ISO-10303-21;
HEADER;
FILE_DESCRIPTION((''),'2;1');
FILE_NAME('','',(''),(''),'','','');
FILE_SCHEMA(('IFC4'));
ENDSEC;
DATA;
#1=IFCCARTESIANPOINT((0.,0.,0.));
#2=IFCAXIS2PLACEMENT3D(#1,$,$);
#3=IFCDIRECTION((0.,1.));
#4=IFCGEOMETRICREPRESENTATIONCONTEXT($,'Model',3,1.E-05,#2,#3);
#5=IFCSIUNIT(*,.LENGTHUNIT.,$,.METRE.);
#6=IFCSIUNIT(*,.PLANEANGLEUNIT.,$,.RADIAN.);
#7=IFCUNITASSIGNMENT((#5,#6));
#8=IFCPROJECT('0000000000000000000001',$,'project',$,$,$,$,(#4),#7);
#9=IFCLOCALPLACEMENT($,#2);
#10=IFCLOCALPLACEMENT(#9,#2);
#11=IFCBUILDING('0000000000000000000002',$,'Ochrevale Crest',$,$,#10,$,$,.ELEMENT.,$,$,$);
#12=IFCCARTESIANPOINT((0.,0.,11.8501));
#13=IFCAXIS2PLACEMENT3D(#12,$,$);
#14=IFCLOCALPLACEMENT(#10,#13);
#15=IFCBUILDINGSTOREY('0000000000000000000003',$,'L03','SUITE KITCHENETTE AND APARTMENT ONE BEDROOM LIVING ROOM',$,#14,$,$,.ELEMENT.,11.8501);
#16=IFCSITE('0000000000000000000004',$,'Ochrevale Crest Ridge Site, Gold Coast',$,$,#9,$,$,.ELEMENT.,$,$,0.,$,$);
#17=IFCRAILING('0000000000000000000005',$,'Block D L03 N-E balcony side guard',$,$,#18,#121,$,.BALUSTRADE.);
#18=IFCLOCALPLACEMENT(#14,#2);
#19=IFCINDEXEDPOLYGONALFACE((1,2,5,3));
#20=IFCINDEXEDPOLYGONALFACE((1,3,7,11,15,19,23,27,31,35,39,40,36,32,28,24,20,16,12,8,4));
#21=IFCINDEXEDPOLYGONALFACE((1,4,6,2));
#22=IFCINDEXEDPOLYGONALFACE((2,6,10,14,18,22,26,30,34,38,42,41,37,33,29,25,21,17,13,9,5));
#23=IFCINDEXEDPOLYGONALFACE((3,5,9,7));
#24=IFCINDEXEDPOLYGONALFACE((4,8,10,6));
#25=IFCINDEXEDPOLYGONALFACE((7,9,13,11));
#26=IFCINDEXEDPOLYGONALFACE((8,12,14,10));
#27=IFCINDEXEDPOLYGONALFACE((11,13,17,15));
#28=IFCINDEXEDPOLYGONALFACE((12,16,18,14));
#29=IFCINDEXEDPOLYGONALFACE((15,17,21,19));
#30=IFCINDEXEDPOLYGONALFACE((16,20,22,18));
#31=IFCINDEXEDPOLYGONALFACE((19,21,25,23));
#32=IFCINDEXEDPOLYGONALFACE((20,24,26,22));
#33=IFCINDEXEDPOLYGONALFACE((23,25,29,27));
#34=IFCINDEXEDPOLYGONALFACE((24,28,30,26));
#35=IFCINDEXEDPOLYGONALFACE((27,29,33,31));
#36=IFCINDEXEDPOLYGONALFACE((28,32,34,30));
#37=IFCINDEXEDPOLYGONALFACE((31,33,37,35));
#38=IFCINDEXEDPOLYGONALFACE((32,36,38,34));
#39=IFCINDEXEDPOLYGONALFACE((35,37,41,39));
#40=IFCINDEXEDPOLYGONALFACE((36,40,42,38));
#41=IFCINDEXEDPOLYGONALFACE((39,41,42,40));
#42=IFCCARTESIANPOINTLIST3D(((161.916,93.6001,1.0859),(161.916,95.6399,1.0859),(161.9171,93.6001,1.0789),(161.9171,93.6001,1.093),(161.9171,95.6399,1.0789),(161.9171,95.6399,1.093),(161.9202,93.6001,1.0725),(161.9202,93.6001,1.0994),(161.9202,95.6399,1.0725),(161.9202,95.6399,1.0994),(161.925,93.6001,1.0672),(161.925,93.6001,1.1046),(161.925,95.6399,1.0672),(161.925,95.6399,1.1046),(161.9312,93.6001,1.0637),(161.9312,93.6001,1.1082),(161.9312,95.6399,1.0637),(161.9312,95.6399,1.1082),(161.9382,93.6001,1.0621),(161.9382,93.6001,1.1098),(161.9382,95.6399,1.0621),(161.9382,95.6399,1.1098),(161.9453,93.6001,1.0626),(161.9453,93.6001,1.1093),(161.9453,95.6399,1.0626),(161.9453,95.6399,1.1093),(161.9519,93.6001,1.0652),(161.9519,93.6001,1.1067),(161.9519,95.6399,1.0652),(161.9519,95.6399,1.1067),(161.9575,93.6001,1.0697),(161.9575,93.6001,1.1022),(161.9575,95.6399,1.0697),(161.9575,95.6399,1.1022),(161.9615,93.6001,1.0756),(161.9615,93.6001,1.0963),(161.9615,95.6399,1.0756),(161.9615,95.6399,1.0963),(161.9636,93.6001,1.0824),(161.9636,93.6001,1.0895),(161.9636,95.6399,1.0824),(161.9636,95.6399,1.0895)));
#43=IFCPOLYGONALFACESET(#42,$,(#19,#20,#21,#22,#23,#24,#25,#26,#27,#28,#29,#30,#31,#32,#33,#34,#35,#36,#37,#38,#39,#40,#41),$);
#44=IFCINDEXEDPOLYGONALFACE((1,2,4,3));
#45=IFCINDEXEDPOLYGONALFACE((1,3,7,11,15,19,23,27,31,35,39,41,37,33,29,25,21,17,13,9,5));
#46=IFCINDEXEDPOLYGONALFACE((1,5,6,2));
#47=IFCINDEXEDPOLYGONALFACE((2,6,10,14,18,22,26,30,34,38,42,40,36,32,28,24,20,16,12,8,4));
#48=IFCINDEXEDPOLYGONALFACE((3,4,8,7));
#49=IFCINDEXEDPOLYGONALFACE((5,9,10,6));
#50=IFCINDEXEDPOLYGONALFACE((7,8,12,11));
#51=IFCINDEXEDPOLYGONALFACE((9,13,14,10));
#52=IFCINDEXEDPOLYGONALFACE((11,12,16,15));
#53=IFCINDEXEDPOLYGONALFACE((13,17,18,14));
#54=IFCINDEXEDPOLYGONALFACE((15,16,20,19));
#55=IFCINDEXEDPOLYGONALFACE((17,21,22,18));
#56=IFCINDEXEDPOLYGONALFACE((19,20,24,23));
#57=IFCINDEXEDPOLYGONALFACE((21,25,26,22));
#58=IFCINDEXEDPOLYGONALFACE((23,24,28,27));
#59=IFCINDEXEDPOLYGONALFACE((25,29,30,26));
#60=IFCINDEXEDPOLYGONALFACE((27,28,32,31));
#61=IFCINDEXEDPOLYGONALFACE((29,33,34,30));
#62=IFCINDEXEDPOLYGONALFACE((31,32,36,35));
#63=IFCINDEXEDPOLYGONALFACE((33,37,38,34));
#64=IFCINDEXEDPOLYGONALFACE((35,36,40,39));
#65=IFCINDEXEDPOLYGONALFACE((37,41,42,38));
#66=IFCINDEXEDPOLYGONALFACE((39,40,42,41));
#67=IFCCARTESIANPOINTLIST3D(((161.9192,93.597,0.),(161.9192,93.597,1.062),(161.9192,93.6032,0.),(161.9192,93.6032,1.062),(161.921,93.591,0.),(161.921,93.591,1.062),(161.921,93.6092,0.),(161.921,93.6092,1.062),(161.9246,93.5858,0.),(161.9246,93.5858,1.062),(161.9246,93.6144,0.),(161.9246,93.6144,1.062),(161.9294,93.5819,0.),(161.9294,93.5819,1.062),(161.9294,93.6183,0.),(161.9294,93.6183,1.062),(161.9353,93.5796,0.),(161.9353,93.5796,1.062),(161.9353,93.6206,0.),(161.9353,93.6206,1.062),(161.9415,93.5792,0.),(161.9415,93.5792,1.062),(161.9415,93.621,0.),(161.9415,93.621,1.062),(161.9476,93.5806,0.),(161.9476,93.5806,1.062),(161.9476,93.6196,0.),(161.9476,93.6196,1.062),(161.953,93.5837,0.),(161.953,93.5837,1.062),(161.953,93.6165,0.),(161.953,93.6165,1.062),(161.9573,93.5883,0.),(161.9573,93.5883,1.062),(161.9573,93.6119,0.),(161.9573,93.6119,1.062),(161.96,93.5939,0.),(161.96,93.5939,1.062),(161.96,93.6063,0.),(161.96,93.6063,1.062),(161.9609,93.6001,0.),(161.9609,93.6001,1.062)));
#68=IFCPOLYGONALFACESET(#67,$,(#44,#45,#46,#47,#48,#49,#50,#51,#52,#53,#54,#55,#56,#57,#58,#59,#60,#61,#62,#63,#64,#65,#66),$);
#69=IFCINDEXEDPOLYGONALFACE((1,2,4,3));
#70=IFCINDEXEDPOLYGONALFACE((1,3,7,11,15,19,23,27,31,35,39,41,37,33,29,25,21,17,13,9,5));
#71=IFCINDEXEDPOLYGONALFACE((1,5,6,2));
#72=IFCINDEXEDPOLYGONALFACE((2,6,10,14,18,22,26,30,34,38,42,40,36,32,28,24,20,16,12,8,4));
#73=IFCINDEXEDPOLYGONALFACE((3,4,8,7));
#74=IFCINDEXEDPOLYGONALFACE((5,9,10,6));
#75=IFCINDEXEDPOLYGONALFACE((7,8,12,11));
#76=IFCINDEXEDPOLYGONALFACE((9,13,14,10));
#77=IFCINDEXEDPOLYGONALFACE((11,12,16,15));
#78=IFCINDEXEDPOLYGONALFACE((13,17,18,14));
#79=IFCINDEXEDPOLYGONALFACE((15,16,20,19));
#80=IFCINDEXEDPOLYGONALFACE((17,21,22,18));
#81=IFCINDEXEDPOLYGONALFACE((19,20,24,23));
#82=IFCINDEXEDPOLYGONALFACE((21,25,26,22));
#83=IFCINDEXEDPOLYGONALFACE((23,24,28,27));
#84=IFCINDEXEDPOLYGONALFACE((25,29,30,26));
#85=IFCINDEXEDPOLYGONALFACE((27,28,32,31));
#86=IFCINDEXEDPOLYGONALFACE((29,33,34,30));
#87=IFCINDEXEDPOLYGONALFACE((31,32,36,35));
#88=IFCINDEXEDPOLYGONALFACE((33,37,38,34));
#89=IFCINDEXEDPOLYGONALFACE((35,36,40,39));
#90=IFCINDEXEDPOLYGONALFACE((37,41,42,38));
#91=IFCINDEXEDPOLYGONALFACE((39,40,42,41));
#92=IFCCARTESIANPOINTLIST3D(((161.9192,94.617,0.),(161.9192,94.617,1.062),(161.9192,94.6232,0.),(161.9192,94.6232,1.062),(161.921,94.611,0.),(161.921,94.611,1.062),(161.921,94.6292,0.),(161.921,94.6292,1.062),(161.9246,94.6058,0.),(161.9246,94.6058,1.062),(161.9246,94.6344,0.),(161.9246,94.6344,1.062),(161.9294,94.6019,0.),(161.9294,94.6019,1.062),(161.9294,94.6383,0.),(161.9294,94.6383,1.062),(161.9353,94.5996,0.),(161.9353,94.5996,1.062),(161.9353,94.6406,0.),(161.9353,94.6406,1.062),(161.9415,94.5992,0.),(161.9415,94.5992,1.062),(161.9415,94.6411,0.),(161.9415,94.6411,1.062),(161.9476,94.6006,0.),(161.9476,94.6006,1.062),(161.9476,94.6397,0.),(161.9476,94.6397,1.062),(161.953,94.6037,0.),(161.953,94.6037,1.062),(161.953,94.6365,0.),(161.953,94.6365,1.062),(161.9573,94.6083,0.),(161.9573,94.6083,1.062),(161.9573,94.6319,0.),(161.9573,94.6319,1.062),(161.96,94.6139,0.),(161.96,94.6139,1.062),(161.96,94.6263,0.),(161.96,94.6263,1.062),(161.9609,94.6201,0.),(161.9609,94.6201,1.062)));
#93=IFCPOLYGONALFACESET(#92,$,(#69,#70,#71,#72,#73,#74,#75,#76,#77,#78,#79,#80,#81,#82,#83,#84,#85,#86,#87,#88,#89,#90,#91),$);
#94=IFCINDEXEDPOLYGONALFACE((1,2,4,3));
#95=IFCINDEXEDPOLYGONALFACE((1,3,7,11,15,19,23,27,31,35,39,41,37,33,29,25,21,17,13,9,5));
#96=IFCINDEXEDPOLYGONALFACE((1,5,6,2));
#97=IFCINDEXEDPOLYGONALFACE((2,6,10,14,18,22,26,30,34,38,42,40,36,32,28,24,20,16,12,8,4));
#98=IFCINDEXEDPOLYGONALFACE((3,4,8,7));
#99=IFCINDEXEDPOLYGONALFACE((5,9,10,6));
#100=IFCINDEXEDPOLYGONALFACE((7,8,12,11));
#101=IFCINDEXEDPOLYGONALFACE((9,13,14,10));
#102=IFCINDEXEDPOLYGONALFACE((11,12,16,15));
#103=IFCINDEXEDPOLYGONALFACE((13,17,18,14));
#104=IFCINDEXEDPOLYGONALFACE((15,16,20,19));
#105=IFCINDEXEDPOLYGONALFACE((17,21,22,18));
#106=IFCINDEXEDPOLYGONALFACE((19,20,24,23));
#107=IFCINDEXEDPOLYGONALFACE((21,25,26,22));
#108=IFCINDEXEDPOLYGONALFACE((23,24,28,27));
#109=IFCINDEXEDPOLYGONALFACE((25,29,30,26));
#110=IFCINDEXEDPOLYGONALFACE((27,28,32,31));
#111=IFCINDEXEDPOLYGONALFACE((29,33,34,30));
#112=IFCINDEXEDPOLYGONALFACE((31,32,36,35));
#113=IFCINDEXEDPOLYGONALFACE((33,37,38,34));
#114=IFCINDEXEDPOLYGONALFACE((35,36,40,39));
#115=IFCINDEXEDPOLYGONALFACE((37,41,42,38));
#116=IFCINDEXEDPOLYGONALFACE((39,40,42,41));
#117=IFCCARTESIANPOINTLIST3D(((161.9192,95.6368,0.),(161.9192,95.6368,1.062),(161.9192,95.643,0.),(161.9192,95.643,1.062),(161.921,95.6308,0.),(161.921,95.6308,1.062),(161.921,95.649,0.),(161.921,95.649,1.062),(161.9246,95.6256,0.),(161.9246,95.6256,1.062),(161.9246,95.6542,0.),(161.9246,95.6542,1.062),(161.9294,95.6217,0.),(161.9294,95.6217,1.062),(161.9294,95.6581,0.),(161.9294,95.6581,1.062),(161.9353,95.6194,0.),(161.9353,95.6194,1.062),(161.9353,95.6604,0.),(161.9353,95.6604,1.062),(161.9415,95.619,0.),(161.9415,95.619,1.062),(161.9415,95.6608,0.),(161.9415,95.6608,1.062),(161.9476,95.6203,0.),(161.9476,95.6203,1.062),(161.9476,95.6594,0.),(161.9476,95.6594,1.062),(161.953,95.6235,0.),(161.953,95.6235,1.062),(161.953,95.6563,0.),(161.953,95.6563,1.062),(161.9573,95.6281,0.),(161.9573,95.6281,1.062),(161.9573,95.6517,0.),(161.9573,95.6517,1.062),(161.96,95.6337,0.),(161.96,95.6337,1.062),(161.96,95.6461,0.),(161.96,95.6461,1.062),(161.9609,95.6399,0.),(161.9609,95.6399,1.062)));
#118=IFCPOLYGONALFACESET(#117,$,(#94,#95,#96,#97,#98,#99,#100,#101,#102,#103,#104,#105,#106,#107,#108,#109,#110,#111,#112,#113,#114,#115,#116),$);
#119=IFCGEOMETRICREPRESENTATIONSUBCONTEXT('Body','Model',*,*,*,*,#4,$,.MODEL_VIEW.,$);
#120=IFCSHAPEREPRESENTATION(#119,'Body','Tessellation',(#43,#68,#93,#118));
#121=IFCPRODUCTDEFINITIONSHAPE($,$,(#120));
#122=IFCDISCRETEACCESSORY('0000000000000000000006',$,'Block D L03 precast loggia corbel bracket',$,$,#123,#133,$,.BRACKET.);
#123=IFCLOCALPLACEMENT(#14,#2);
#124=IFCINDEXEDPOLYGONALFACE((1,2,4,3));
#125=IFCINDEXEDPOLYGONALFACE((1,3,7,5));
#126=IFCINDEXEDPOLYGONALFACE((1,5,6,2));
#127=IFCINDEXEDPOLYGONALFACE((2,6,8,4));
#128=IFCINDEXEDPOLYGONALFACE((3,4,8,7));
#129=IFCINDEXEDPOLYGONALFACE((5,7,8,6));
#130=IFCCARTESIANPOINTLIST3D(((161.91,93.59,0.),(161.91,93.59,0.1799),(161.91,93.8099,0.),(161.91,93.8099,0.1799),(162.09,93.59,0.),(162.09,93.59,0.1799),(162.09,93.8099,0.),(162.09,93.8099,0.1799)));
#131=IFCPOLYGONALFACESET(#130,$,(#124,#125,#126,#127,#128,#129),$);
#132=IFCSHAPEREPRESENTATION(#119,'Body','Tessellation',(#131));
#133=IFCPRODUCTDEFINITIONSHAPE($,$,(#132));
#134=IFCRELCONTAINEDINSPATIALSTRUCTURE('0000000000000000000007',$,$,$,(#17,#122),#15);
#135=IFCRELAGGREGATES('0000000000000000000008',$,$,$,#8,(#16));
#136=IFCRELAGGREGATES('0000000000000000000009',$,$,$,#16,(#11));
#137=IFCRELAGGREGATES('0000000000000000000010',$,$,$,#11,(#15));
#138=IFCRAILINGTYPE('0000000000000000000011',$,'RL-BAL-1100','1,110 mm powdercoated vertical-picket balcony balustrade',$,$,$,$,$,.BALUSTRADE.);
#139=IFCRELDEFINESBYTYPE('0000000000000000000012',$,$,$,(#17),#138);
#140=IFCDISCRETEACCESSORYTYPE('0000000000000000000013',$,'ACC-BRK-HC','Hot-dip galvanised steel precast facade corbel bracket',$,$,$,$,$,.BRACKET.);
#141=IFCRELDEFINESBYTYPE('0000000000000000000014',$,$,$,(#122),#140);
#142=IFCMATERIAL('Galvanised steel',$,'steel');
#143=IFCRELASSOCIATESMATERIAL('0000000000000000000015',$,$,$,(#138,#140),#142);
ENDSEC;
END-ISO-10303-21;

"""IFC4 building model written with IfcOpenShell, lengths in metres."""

from ifc_helpers import new_model, si_unit, direction, frame, origin, origin_2d, place, context, subcontext, project, spatial, rectangle, circle, extrude, material, type_object, element, save


model = new_model("IFC4")

# Units and contexts
model_context = context("Model", 3, precision=1e-05, world=origin(), true_north=direction((0.0, 1.0)))
body_context = subcontext(model_context, "Body", "Model", "MODEL_VIEW")
ifc_project = project(units=[si_unit("LENGTHUNIT", "METRE"), si_unit("PLANEANGLEUNIT", "RADIAN")], contexts=[model_context])

# Site, building, storey
site_placement = place(None, origin())
site = spatial("IfcSite", under=ifc_project, at=site_placement, Name="Ochrevale Crest Ridge Site, Gold Coast", CompositionType="ELEMENT", RefElevation=0.0)
building_placement = place(site_placement, origin())
building = spatial("IfcBuilding", under=site, at=building_placement, Name="Ochrevale Crest", CompositionType="ELEMENT")
storey_placement = place(building_placement, frame((0.0, 0.0, 11.8501)))
storey = spatial("IfcBuildingStorey", under=building, at=storey_placement, Name="L03", Description="SUITE KITCHENETTE AND APARTMENT ONE BEDROOM LIVING ROOM", CompositionType="ELEMENT", Elevation=11.8501)

# Railing
ifc_material_1 = material(Name="Galvanised steel", Category="steel")
railing_type = type_object("IfcRailingType", Name="RL-BAL-1100", Description="1,110 mm powdercoated vertical-picket balcony balustrade", PredefinedType="BALUSTRADE", material=ifc_material_1)
railing_placement = place(storey_placement, frame((161.9399, 93.6001, 0.0)))
element("IfcRailing", 1, at=railing_placement, inside=storey, type_object=railing_type, Name="Block D L03 N-E balcony side guard", PredefinedType="BALUSTRADE", context=body_context, shape_type="SweptSolid", body=[
    extrude(circle(Radius=0.0239, at=origin_2d()), frame((0.0, 0.0, 1.0859), z_axis=(0.0, 1.0, 0.0), x_axis=(-1.0, 0.0, 0.0)), (0.0, 0.0, 1.0), 2.0398),
    extrude(circle(Radius=0.021, at=origin_2d()), origin(), (0.0, 0.0, 1.0), 1.062),
    extrude(circle(Radius=0.021, at=origin_2d()), frame((0.0, 1.02, 0.0)), (0.0, 0.0, 1.0), 1.062),
    extrude(circle(Radius=0.021, at=origin_2d()), frame((0.0, 2.0398, 0.0)), (0.0, 0.0, 1.0), 1.062),
])

# Discrete accessory
discrete_accessory_type = type_object("IfcDiscreteAccessoryType", Name="ACC-BRK-HC", Description="Hot-dip galvanised steel precast facade corbel bracket", PredefinedType="BRACKET", material=ifc_material_1)
discrete_accessory_placement = place(storey_placement, frame((162.0, 93.7, 0.0), z_axis=(0.0, 0.0, 1.0), x_axis=(1.0, 0.0, 0.0)))
element("IfcDiscreteAccessory", 2, at=discrete_accessory_placement, inside=storey, type_object=discrete_accessory_type, Name="Block D L03 precast loggia corbel bracket", PredefinedType="BRACKET", context=body_context, shape_type="SweptSolid", body=[
    extrude(rectangle(XDim=0.1799, YDim=0.22, at=origin_2d()), origin(), (0.0, 0.0, 1.0), 0.1799),
])

save(model, "model.ifc")
